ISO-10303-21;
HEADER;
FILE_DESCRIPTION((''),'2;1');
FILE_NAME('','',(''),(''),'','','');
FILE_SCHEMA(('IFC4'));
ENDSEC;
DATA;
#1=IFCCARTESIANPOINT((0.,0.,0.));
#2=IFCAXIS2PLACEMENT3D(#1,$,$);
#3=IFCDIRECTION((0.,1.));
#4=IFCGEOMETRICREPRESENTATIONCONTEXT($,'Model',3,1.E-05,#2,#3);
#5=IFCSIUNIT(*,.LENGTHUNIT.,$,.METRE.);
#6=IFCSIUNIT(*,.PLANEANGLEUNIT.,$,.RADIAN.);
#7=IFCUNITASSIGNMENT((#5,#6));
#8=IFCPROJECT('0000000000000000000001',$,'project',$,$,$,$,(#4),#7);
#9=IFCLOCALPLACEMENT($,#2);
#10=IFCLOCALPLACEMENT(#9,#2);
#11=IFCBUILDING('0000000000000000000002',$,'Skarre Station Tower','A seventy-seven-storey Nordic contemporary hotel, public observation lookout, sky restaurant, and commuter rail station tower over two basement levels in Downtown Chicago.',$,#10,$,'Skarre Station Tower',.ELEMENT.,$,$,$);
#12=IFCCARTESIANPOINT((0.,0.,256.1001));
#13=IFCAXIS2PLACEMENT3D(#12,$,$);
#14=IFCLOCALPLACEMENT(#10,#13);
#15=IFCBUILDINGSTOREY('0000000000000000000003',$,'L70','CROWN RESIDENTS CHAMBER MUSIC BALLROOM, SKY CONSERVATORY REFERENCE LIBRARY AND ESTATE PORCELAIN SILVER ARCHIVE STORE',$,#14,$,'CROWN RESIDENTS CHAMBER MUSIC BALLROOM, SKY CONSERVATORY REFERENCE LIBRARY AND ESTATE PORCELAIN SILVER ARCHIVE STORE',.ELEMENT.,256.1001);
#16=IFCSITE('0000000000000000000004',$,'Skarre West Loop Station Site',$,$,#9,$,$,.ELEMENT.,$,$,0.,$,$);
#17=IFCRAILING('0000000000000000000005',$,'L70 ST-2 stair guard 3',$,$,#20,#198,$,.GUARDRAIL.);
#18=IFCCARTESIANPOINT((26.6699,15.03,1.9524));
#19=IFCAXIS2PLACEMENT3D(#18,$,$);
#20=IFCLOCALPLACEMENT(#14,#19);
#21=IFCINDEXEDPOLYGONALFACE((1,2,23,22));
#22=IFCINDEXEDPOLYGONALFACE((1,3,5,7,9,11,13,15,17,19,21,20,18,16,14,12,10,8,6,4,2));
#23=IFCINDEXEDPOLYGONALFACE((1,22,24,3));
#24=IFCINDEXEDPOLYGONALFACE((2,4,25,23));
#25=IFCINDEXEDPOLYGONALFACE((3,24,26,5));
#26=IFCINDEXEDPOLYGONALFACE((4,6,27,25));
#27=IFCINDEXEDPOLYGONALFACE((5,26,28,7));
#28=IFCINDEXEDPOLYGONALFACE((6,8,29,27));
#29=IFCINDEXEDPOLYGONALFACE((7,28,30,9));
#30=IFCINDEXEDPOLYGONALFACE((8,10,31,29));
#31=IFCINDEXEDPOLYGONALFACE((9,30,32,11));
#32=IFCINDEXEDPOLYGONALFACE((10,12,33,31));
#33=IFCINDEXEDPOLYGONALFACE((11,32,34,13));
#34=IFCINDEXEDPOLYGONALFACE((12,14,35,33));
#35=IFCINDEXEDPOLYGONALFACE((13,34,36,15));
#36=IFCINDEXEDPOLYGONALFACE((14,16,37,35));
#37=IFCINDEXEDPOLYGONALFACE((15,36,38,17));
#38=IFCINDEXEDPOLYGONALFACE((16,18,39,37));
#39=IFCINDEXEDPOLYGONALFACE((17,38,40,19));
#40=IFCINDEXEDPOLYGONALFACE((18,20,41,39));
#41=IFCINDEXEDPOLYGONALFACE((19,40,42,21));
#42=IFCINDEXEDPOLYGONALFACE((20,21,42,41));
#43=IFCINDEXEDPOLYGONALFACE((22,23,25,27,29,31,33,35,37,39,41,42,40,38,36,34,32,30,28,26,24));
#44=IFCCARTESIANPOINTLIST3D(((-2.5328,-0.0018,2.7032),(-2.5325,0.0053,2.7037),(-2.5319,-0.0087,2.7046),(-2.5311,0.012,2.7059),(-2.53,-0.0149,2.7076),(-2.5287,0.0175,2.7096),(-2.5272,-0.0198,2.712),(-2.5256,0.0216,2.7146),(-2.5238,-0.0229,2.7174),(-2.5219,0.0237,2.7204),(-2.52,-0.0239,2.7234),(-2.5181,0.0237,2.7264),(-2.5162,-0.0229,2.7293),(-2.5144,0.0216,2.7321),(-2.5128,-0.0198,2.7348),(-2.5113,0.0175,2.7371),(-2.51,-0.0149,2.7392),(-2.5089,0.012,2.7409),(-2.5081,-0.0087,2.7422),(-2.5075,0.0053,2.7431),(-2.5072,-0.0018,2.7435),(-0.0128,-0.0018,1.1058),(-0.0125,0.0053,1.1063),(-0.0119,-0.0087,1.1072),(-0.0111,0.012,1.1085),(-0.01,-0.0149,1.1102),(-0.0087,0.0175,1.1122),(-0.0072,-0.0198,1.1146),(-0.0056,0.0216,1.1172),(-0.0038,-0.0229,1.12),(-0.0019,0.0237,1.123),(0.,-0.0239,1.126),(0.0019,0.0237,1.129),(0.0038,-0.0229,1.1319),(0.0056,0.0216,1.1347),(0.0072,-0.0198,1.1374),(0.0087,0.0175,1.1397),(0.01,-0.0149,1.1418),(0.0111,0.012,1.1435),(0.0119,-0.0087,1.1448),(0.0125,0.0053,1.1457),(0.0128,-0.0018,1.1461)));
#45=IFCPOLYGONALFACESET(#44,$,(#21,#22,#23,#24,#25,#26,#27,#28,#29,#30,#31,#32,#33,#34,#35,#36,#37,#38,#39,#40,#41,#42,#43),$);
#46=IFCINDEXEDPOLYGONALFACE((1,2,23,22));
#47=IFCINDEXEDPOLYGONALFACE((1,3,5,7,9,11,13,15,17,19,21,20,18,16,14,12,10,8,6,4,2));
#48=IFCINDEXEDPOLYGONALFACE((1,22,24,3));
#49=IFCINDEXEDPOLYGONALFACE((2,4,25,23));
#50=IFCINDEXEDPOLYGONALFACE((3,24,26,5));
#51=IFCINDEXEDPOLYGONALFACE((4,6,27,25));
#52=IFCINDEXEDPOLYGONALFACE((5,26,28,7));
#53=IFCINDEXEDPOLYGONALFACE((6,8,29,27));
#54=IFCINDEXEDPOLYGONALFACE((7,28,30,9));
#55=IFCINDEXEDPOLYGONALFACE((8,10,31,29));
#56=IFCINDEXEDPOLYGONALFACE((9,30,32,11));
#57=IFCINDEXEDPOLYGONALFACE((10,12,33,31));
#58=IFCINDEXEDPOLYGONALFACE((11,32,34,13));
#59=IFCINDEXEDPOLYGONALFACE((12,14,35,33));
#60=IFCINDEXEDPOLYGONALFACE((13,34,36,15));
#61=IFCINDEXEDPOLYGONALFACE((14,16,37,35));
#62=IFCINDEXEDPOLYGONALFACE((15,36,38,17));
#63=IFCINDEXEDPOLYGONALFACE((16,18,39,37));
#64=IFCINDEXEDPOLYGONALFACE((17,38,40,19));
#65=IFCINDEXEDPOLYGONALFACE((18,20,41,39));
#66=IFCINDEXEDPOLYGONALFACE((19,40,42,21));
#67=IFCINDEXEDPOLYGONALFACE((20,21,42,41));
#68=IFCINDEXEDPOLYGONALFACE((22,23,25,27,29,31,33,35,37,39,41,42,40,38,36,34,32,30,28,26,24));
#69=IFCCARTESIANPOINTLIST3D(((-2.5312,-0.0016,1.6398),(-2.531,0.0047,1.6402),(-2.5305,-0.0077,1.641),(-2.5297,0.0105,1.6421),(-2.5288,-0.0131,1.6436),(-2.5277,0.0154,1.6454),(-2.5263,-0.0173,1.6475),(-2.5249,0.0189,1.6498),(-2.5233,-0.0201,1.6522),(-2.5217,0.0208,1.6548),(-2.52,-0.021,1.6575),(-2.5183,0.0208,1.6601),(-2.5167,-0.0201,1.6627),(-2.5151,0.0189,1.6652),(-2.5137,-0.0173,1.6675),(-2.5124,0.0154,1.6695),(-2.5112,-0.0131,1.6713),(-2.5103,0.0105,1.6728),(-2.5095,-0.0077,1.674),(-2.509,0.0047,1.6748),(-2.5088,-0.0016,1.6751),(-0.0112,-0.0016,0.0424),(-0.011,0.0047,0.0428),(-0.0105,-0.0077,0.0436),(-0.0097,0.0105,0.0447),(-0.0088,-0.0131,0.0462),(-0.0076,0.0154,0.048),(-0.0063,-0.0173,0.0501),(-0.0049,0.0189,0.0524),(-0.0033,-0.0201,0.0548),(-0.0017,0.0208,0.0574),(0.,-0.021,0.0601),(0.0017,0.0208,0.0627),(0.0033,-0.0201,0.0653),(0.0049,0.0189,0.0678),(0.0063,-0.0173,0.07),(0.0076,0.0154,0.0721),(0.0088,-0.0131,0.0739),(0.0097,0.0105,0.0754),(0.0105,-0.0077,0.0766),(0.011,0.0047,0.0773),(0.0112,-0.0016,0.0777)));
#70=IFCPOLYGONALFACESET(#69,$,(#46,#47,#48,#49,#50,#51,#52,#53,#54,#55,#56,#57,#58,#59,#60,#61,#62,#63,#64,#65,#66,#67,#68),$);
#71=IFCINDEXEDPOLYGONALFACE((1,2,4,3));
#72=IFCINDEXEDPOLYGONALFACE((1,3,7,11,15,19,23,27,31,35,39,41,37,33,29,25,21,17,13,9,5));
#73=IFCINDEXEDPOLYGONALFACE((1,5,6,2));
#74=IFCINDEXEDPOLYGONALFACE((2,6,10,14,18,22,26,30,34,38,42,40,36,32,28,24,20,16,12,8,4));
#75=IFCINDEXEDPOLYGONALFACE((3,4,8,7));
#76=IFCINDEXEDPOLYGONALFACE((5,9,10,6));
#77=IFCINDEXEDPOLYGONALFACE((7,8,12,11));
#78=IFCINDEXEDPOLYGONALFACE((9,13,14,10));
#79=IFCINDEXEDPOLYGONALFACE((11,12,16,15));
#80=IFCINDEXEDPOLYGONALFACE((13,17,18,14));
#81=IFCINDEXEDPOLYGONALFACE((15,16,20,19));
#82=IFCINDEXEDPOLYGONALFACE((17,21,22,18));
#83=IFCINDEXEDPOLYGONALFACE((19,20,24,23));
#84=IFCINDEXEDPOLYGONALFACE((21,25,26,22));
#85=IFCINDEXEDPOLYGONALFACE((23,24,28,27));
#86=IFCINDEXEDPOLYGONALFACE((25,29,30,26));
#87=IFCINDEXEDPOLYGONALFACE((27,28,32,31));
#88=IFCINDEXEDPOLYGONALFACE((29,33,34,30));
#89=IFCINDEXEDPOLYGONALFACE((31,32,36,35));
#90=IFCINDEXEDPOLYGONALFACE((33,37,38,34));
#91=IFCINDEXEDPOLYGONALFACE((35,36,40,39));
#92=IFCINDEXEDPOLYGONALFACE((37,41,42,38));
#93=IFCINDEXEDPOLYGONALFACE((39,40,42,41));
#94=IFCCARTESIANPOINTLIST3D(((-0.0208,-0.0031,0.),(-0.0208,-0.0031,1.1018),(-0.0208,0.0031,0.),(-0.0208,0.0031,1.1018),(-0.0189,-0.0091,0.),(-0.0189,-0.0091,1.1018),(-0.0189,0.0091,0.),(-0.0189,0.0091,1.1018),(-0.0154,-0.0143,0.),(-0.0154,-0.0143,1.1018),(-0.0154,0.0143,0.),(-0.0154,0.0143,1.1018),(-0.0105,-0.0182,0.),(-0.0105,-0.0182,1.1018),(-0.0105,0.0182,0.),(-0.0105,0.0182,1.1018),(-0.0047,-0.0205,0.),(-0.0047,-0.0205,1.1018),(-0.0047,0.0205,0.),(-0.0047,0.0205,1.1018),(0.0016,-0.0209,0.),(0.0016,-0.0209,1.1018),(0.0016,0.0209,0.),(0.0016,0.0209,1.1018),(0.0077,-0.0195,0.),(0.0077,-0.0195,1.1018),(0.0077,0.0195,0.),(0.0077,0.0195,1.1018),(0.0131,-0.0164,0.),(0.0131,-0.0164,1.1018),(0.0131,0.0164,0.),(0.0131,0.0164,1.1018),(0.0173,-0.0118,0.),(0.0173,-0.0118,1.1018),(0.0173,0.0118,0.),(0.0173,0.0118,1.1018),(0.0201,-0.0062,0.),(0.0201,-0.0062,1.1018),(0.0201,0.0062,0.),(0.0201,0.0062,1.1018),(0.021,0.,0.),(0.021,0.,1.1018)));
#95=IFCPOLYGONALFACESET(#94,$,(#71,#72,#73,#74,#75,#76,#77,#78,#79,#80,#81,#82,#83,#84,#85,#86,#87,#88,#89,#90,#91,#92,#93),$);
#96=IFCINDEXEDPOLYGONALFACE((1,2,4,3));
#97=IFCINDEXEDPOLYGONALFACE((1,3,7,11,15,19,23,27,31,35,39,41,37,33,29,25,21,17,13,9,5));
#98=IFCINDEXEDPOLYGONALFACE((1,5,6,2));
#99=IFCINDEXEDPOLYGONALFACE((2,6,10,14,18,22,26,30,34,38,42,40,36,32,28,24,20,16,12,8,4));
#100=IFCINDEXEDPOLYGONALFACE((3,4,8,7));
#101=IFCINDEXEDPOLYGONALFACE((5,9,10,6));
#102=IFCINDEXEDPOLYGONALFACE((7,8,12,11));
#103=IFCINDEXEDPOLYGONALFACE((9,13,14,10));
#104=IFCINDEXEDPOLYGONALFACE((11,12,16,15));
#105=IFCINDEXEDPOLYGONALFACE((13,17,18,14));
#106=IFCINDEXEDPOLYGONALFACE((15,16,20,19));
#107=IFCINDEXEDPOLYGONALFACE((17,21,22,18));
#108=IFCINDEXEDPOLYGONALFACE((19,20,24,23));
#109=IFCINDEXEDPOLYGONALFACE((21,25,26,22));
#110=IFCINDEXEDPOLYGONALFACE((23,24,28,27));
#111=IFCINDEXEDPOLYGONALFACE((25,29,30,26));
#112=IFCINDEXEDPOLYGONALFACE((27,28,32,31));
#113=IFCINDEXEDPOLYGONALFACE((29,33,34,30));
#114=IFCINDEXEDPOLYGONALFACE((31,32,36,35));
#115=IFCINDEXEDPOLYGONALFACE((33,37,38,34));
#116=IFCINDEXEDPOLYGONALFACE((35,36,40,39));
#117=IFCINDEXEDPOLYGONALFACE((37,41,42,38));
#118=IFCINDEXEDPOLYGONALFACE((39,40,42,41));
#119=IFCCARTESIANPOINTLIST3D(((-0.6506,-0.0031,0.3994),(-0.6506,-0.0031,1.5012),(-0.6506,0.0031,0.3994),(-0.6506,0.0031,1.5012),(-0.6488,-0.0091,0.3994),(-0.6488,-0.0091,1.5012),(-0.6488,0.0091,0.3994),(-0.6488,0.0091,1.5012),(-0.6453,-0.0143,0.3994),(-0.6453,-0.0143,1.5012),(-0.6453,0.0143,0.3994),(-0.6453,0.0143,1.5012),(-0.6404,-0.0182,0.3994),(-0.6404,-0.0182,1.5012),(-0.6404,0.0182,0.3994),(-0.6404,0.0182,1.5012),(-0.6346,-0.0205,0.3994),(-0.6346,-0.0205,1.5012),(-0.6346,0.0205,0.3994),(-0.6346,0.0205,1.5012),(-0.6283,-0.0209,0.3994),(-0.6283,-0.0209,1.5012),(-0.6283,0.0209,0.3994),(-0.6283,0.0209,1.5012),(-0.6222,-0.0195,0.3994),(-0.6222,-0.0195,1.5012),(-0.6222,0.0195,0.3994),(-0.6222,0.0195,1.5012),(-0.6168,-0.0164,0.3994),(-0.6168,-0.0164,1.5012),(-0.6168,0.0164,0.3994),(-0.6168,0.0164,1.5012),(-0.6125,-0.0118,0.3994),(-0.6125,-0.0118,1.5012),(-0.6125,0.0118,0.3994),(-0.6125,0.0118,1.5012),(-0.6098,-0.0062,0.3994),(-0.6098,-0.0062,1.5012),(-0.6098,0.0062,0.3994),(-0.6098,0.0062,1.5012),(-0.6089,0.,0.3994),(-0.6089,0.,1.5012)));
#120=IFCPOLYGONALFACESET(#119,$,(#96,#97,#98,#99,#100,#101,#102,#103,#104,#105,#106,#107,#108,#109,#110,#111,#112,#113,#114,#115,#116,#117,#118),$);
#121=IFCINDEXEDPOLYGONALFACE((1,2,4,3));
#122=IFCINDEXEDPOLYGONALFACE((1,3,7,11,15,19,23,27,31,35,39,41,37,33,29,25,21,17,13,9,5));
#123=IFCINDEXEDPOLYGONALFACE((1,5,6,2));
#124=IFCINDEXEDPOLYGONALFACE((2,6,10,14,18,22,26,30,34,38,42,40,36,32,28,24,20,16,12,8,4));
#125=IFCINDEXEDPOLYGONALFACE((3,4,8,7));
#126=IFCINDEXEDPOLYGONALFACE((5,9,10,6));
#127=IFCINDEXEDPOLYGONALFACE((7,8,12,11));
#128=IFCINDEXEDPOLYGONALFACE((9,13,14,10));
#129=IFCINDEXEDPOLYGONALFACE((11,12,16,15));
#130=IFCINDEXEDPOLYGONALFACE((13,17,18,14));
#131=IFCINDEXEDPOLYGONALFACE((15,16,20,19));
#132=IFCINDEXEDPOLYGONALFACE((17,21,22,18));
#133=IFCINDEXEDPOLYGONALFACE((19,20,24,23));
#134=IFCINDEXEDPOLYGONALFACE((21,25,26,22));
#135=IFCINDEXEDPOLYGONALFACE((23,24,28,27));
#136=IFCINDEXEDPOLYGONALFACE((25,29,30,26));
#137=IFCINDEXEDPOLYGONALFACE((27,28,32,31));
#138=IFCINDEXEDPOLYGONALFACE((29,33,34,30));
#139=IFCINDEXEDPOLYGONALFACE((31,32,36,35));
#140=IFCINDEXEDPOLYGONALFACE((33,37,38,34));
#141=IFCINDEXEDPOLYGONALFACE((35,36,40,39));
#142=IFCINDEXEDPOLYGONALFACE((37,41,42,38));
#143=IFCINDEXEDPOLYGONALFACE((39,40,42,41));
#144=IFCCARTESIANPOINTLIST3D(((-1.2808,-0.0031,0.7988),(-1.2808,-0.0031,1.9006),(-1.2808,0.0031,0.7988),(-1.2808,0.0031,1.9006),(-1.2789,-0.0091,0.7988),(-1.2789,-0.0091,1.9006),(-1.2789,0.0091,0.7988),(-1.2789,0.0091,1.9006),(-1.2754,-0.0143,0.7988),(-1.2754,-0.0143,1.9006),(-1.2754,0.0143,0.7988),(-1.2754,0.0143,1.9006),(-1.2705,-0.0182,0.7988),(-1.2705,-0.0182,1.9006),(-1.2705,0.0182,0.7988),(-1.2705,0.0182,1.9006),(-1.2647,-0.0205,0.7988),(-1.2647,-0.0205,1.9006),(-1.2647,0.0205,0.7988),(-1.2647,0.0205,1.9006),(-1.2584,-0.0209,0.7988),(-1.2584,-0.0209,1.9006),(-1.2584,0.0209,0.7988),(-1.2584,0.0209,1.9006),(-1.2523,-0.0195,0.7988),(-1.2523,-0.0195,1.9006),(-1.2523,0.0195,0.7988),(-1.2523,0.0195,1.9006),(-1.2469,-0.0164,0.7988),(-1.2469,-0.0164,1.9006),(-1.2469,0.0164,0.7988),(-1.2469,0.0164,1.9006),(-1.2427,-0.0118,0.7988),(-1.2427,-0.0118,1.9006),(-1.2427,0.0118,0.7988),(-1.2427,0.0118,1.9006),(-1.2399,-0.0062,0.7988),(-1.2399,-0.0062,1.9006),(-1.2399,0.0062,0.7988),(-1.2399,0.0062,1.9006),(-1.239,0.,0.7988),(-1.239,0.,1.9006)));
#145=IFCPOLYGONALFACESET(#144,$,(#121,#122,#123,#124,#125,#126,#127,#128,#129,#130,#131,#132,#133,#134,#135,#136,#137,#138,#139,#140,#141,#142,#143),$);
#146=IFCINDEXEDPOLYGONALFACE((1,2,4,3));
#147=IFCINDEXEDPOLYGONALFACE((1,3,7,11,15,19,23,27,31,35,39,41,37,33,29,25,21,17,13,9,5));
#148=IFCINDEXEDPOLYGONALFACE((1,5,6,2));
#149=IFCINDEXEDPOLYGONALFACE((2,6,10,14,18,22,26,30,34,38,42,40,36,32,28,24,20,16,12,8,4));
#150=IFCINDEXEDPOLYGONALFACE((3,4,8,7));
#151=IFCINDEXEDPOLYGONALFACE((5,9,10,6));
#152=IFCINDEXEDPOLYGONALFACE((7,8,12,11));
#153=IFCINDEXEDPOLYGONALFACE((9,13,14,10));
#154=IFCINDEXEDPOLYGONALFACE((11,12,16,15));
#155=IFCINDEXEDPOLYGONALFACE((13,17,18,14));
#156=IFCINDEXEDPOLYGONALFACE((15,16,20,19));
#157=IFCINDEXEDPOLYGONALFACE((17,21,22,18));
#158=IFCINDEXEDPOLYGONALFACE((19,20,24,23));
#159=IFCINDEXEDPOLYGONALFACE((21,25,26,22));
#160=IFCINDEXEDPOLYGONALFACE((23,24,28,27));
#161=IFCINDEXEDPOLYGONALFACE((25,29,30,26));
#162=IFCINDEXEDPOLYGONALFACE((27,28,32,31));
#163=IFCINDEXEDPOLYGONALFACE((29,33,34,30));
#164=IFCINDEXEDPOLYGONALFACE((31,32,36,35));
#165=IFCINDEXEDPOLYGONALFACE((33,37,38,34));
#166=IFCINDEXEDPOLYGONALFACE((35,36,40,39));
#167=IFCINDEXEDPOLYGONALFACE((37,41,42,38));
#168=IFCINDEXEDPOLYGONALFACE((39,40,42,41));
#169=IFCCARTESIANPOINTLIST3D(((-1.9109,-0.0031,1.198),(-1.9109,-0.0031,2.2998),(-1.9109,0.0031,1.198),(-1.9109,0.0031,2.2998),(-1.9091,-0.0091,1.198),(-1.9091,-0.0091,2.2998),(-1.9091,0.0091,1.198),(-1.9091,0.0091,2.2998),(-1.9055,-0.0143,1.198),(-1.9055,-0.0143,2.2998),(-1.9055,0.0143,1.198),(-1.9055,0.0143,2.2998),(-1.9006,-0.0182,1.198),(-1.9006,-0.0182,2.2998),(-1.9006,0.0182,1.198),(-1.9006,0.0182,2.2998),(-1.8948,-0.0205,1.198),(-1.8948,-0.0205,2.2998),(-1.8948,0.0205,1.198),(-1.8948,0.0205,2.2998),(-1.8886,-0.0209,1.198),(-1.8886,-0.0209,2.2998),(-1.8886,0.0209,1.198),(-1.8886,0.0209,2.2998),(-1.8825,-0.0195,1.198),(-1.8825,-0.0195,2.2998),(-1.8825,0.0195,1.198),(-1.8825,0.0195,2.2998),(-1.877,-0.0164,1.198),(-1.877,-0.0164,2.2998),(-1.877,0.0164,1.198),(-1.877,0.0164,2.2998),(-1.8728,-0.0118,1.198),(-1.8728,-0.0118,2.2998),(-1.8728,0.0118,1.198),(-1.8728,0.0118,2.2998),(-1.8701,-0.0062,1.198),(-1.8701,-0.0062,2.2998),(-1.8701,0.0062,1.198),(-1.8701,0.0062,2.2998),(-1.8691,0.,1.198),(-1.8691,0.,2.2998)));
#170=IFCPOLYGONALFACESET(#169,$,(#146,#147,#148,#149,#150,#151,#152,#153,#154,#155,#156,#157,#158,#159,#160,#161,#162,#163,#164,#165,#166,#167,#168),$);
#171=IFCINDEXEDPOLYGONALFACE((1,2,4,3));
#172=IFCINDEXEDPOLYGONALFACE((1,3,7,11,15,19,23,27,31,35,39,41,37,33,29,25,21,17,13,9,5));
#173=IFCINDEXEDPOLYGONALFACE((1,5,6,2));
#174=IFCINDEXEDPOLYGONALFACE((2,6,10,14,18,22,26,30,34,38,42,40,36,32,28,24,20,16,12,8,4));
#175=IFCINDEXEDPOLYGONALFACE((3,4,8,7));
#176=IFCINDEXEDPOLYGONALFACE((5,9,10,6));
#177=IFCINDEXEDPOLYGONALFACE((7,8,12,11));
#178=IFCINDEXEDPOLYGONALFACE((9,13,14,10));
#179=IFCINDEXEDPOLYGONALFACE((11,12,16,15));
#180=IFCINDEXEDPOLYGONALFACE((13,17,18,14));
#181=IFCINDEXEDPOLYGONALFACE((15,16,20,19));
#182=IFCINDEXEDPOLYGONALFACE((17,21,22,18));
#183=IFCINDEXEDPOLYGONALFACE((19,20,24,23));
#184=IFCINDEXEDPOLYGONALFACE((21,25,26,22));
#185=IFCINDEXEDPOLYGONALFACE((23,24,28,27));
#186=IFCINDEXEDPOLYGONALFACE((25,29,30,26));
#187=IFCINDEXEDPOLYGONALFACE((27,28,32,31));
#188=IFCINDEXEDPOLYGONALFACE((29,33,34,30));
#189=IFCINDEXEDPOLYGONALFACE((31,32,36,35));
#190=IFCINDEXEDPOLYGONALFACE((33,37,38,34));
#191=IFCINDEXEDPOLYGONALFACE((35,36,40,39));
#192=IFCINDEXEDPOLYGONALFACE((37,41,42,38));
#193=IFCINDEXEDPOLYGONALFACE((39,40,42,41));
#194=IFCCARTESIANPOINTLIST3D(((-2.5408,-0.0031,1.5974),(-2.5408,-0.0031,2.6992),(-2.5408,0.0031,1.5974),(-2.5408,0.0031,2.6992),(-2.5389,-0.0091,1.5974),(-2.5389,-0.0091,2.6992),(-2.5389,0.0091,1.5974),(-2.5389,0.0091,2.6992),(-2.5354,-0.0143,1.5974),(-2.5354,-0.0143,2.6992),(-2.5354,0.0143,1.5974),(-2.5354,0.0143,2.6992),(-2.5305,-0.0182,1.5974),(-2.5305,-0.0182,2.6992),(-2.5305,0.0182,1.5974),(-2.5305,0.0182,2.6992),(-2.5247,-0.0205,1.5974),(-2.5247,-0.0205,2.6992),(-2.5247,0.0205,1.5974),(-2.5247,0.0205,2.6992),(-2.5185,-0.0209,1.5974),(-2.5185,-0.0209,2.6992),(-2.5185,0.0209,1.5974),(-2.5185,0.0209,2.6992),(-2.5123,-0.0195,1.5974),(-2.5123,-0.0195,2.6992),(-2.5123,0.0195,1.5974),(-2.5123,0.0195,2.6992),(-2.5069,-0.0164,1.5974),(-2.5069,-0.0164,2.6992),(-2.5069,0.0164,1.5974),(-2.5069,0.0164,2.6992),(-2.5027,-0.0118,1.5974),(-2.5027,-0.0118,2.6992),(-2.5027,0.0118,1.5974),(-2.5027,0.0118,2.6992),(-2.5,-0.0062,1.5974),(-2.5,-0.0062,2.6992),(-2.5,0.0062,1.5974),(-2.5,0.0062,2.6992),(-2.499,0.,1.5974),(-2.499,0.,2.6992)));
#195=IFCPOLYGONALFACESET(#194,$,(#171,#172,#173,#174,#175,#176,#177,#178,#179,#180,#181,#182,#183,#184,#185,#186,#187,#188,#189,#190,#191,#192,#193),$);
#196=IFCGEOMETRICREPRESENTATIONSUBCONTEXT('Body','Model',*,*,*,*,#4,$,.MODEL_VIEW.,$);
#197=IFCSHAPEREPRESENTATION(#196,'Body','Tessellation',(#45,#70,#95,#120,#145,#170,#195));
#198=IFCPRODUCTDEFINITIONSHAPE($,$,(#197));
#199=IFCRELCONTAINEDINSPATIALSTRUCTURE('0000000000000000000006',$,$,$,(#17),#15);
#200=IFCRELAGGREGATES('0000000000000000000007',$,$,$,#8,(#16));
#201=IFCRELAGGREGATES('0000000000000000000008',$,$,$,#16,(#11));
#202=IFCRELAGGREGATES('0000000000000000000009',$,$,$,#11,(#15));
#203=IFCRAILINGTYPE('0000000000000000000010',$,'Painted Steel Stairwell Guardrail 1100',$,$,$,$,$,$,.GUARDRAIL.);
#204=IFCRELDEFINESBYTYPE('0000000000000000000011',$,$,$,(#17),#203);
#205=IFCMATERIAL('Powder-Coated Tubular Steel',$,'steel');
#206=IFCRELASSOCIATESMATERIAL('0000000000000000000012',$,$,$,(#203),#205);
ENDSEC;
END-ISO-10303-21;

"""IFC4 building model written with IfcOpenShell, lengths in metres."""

from ifc_helpers import new_model, si_unit, direction, frame, origin, origin_2d, place, context, subcontext, project, spatial, circle, extrude, material, type_object, element, save


model = new_model("IFC4")

# Units and contexts
model_context = context("Model", 3, precision=1e-05, world=origin(), true_north=direction((0.0, 1.0)))
body_context = subcontext(model_context, "Body", "Model", "MODEL_VIEW")
ifc_project = project(units=[si_unit("LENGTHUNIT", "METRE"), si_unit("PLANEANGLEUNIT", "RADIAN")], contexts=[model_context])

# Site, building, storey
site_placement = place(None, origin())
site = spatial("IfcSite", under=ifc_project, at=site_placement, Name="Skarre West Loop Station Site", CompositionType="ELEMENT", RefElevation=0.0)
building_placement = place(site_placement, origin())
building = spatial("IfcBuilding", under=site, at=building_placement, Name="Skarre Station Tower", Description="A seventy-seven-storey Nordic contemporary hotel, public observation lookout, sky restaurant, and commuter rail station tower over two basement levels in Downtown Chicago.", LongName="Skarre Station Tower", CompositionType="ELEMENT")
storey_placement = place(building_placement, frame((0.0, 0.0, 256.1001)))
storey = spatial("IfcBuildingStorey", under=building, at=storey_placement, Name="L70", Description="CROWN RESIDENTS CHAMBER MUSIC BALLROOM, SKY CONSERVATORY REFERENCE LIBRARY AND ESTATE PORCELAIN SILVER ARCHIVE STORE", LongName="CROWN RESIDENTS CHAMBER MUSIC BALLROOM, SKY CONSERVATORY REFERENCE LIBRARY AND ESTATE PORCELAIN SILVER ARCHIVE STORE", CompositionType="ELEMENT", Elevation=256.1001)

# Railing
ifc_material_1 = material(Name="Powder-Coated Tubular Steel", Category="steel")
railing_type_1 = type_object("IfcRailingType", Name="Painted Steel Stairwell Guardrail 1100", PredefinedType="GUARDRAIL", material=ifc_material_1)
railing_1_placement = place(storey_placement, frame((26.6699, 15.03, 1.9524)))
element("IfcRailing", 1, at=railing_1_placement, inside=storey, type_object=railing_type_1, Name="L70 ST-2 stair guard 3", PredefinedType="GUARDRAIL", context=body_context, shape_type="SweptSolid", body=[
    extrude(circle(Radius=0.0239, at=origin_2d()), frame((0.0, 0.0, 1.126), z_axis=(-0.844607, 0.0, 0.535387), x_axis=(0.0, -1.0, 0.0)), (0.0, 0.0, 1.0), 2.9836),
    extrude(circle(Radius=0.021, at=origin_2d()), frame((0.0, 0.0, 0.0601), z_axis=(-0.844607, 0.0, 0.535387), x_axis=(0.0, -1.0, 0.0)), (0.0, 0.0, 1.0), 2.9836),
    extrude(circle(Radius=0.021, at=origin_2d()), origin(), (0.0, 0.0, 1.0), 1.1018),
    extrude(circle(Radius=0.021, at=origin_2d()), frame((-0.6299, 0.0, 0.3994)), (0.0, 0.0, 1.0), 1.1018),
    extrude(circle(Radius=0.021, at=origin_2d()), frame((-1.26, 0.0, 0.7988)), (0.0, 0.0, 1.0), 1.1018),
    extrude(circle(Radius=0.021, at=origin_2d()), frame((-1.8901, 0.0, 1.198)), (0.0, 0.0, 1.0), 1.1018),
    extrude(circle(Radius=0.021, at=origin_2d()), frame((-2.52, 0.0, 1.5974)), (0.0, 0.0, 1.0), 1.1018),
])

save(model, "model.ifc")
